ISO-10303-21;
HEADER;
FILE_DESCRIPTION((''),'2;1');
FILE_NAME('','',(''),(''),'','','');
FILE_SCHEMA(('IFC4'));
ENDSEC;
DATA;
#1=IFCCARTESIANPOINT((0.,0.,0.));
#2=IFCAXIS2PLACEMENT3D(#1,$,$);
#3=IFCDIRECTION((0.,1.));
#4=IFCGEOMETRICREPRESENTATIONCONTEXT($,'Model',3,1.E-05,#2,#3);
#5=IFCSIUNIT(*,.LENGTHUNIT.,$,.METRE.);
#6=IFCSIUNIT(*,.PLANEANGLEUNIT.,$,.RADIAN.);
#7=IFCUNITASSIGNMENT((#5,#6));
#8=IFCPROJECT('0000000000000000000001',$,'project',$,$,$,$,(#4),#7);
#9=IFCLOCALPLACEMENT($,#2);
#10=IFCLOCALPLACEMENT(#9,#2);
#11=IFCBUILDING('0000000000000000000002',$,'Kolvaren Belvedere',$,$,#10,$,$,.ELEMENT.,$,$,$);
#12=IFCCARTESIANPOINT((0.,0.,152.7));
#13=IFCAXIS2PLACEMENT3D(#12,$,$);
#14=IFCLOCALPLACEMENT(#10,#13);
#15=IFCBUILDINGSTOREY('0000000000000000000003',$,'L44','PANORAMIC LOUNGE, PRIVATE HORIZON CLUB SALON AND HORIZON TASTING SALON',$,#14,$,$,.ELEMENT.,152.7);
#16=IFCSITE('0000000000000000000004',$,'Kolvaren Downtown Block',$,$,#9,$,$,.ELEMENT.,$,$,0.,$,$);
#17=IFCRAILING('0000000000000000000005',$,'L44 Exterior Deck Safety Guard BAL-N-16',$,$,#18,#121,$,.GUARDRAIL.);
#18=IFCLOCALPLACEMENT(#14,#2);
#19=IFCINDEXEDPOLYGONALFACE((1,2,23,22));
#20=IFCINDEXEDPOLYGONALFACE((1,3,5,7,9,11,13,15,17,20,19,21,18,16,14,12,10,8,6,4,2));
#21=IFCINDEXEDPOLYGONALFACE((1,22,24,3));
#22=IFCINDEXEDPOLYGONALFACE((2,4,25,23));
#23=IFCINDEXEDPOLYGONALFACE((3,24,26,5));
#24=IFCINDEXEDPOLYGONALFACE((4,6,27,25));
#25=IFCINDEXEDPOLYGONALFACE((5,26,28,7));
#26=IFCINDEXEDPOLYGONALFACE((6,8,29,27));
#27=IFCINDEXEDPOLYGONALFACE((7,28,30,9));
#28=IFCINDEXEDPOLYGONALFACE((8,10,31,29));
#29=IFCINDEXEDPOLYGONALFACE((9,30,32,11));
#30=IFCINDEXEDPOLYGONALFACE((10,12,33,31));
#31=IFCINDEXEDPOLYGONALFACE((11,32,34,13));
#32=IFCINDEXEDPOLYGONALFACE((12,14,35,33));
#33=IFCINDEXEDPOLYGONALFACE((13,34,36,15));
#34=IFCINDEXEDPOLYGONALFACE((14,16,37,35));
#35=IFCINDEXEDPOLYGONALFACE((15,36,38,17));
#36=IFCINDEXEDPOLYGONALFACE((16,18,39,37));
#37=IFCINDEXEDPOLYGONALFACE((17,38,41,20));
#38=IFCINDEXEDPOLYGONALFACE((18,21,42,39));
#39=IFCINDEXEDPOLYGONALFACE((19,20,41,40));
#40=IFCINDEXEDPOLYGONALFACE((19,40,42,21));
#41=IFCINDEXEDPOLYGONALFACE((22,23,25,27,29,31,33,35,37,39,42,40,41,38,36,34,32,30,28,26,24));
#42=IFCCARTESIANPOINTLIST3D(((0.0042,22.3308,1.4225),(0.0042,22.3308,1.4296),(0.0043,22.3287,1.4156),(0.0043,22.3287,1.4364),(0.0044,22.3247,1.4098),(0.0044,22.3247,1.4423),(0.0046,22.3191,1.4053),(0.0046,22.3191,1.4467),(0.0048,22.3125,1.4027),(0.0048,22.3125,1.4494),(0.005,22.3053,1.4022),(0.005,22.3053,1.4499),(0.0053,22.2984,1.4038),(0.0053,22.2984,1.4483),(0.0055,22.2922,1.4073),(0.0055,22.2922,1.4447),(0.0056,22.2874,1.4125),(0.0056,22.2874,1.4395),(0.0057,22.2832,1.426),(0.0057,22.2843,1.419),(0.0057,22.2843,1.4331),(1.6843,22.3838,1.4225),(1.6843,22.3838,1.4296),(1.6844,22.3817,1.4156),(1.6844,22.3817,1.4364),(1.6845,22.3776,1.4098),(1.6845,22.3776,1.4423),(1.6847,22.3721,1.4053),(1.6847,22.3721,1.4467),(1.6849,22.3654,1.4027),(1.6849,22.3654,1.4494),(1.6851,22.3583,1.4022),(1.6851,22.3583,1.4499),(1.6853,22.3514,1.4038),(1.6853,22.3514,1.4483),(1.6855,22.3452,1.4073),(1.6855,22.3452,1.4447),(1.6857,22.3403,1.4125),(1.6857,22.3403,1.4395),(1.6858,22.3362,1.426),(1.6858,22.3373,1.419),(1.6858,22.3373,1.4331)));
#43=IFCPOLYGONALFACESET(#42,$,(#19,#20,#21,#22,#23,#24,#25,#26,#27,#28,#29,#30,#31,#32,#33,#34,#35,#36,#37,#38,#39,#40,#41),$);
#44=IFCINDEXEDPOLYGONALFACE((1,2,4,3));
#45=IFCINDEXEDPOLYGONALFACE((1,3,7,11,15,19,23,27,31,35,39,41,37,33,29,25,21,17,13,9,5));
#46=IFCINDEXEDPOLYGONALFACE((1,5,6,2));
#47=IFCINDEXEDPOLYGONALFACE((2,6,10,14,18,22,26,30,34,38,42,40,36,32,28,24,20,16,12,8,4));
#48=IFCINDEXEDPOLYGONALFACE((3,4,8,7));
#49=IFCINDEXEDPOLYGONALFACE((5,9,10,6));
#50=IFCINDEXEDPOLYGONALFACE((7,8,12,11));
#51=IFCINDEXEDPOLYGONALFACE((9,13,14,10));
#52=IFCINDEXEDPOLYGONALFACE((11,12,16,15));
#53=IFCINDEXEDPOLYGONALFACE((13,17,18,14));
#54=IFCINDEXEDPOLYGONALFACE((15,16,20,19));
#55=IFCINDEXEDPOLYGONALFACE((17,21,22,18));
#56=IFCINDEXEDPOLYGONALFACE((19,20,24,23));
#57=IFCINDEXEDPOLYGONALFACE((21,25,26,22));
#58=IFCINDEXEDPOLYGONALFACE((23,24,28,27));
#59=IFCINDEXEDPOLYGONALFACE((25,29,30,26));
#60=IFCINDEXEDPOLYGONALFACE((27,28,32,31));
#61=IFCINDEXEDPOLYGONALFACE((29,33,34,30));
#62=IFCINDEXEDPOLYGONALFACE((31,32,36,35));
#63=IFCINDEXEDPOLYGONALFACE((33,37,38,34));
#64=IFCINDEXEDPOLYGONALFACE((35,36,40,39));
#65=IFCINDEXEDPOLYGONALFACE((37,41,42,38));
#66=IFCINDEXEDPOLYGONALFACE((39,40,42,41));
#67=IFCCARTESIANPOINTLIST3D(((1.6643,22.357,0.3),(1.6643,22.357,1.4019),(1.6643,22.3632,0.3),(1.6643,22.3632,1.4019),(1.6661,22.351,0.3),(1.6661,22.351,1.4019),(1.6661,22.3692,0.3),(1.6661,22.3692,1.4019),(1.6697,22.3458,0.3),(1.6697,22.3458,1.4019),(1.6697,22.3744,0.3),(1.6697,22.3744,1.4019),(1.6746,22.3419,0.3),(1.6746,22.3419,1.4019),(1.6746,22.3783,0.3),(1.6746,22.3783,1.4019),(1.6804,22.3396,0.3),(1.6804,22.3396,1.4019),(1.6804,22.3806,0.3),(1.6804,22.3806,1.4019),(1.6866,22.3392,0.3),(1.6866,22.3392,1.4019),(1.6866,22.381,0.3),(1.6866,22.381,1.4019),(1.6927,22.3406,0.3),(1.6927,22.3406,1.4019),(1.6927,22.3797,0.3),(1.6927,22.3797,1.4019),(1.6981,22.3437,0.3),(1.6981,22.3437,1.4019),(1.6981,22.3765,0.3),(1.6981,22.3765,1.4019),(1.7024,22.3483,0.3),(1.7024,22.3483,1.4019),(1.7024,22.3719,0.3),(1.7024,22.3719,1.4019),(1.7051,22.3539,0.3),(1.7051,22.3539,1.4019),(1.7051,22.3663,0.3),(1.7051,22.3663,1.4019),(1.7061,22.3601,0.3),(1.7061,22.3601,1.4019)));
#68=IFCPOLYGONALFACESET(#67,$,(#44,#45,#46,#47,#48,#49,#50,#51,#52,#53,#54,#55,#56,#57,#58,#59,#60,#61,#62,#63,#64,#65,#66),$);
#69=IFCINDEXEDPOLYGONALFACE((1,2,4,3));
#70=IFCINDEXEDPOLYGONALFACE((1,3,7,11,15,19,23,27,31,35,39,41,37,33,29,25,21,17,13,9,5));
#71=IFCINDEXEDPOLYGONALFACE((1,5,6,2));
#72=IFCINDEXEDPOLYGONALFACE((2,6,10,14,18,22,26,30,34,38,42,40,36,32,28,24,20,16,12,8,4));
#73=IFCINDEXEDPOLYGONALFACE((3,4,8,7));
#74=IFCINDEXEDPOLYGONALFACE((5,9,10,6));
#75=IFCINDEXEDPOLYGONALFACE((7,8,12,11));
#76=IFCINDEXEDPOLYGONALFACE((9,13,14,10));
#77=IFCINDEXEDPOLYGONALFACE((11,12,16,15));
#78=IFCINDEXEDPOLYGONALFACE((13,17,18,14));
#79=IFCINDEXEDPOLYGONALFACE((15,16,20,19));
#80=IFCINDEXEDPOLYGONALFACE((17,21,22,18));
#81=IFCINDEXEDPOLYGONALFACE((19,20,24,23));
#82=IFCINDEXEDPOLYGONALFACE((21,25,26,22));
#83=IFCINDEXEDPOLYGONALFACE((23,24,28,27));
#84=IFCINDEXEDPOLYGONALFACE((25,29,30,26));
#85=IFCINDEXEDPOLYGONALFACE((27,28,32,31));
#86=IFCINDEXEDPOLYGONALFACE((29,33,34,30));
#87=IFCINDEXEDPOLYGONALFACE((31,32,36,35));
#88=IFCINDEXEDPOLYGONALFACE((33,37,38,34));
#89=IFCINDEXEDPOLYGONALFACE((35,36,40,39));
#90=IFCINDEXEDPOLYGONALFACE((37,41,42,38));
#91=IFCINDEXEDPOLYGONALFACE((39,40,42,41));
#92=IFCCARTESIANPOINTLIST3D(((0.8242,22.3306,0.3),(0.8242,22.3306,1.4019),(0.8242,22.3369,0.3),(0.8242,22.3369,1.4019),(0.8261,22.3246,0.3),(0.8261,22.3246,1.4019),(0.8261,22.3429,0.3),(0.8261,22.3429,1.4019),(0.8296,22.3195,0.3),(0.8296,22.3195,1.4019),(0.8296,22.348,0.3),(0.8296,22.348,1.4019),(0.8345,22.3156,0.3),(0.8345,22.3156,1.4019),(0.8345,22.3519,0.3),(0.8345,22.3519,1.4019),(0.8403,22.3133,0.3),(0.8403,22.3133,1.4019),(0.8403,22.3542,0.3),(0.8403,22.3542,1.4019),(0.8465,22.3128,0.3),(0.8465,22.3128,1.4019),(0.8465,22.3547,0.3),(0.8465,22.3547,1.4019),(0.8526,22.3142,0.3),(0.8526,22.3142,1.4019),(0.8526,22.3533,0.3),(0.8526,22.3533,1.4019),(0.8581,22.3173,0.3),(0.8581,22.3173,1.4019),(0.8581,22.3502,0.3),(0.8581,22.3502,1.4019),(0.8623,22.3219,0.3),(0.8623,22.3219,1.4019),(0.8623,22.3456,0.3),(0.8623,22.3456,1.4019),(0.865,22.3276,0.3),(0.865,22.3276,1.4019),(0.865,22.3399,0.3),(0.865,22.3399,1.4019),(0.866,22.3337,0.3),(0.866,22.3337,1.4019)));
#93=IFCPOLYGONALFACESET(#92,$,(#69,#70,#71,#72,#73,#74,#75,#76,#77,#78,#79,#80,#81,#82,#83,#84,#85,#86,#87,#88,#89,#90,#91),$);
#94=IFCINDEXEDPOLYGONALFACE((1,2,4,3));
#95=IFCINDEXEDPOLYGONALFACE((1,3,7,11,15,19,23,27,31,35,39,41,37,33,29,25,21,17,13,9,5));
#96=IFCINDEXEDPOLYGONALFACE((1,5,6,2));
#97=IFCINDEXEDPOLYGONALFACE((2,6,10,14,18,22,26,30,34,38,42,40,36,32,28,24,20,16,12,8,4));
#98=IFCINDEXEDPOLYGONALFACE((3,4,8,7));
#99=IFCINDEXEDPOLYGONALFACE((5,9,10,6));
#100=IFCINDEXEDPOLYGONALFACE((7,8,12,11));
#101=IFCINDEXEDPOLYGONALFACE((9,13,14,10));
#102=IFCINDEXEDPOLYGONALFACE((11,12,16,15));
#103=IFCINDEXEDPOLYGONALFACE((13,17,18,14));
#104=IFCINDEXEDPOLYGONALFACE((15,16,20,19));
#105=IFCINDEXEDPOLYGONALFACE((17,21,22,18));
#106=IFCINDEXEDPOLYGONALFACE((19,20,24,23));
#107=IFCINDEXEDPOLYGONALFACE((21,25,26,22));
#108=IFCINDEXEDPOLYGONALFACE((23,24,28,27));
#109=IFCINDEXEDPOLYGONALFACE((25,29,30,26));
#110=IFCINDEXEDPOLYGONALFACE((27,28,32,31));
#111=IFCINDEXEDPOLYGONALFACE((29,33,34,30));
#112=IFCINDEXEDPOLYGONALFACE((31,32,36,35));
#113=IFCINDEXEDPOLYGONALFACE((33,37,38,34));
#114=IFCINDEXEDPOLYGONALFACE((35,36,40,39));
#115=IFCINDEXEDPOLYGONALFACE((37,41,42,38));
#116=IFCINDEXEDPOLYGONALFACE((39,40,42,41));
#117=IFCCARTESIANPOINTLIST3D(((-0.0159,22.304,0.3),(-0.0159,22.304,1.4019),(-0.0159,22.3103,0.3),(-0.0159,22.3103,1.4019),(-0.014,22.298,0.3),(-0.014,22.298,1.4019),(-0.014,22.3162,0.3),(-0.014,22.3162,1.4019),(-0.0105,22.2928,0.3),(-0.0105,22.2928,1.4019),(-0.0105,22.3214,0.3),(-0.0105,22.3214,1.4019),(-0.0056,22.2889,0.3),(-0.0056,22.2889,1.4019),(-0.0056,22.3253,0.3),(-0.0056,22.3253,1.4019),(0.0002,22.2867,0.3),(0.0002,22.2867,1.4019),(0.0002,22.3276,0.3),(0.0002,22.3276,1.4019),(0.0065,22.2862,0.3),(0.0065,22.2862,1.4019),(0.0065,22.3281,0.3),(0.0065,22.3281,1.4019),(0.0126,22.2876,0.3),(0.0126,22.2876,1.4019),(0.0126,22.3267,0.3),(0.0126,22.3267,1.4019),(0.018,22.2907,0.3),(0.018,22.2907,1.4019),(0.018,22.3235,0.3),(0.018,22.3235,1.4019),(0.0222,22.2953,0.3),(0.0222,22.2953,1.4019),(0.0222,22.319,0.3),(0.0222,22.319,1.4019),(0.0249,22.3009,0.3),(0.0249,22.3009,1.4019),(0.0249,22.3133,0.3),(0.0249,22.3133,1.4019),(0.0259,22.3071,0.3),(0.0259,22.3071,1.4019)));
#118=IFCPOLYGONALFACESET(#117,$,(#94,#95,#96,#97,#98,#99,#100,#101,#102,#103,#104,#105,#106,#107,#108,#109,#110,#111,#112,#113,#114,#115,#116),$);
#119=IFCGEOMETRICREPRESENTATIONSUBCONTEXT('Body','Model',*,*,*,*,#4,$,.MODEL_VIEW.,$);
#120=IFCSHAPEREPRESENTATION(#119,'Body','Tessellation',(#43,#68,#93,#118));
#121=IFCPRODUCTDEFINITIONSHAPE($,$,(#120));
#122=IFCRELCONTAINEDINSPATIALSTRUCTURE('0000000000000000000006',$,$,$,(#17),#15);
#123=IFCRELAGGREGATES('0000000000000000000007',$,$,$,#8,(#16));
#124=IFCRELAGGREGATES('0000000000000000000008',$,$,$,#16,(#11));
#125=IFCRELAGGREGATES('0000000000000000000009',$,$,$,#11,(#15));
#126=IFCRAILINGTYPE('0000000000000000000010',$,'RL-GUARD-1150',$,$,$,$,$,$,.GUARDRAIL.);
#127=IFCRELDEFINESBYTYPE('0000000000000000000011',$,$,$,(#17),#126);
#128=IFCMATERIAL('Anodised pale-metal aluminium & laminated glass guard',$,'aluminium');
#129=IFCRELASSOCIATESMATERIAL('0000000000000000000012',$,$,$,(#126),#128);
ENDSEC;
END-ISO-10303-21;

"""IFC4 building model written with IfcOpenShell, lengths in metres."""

from ifc_helpers import new_model, si_unit, direction, frame, origin, origin_2d, place, context, subcontext, project, spatial, circle, extrude, material, type_object, element, save


model = new_model("IFC4")

# Units and contexts
model_context = context("Model", 3, precision=1e-05, world=origin(), true_north=direction((0.0, 1.0)))
body_context = subcontext(model_context, "Body", "Model", "MODEL_VIEW")
ifc_project = project(units=[si_unit("LENGTHUNIT", "METRE"), si_unit("PLANEANGLEUNIT", "RADIAN")], contexts=[model_context])

# Site, building, storey
site_placement = place(None, origin())
site = spatial("IfcSite", under=ifc_project, at=site_placement, Name="Kolvaren Downtown Block", CompositionType="ELEMENT", RefElevation=0.0)
building_placement = place(site_placement, origin())
building = spatial("IfcBuilding", under=site, at=building_placement, Name="Kolvaren Belvedere", CompositionType="ELEMENT")
storey_placement = place(building_placement, frame((0.0, 0.0, 152.7)))
storey = spatial("IfcBuildingStorey", under=building, at=storey_placement, Name="L44", Description="PANORAMIC LOUNGE, PRIVATE HORIZON CLUB SALON AND HORIZON TASTING SALON", CompositionType="ELEMENT", Elevation=152.7)

# Railing
ifc_material_1 = material(Name="Anodised pale-metal aluminium & laminated glass guard", Category="aluminium")
railing_type = type_object("IfcRailingType", Name="RL-GUARD-1150", PredefinedType="GUARDRAIL", material=ifc_material_1)
railing_1_placement = place(storey_placement, frame((1.6851, 22.3601, 0.3)))
element("IfcRailing", 1, at=railing_1_placement, inside=storey, type_object=railing_type, Name="L44 Exterior Deck Safety Guard BAL-N-16", PredefinedType="GUARDRAIL", context=body_context, shape_type="SweptSolid", body=[
    extrude(circle(Radius=0.0239, at=origin_2d()), frame((0.0, 0.0, 1.126), z_axis=(-0.999503, -0.031516, 0.0), x_axis=(0.031516, -0.999503, 0.0)), (0.0, 0.0, 1.0), 1.6809),
    extrude(circle(Radius=0.021, at=origin_2d()), origin(), (0.0, 0.0, 1.0), 1.1018),
    extrude(circle(Radius=0.021, at=origin_2d()), frame((-0.8401, -0.0264, 0.0)), (0.0, 0.0, 1.0), 1.1018),
    extrude(circle(Radius=0.021, at=origin_2d()), frame((-1.6802, -0.053, 0.0)), (0.0, 0.0, 1.0), 1.1018),
])

save(model, "model.ifc")
